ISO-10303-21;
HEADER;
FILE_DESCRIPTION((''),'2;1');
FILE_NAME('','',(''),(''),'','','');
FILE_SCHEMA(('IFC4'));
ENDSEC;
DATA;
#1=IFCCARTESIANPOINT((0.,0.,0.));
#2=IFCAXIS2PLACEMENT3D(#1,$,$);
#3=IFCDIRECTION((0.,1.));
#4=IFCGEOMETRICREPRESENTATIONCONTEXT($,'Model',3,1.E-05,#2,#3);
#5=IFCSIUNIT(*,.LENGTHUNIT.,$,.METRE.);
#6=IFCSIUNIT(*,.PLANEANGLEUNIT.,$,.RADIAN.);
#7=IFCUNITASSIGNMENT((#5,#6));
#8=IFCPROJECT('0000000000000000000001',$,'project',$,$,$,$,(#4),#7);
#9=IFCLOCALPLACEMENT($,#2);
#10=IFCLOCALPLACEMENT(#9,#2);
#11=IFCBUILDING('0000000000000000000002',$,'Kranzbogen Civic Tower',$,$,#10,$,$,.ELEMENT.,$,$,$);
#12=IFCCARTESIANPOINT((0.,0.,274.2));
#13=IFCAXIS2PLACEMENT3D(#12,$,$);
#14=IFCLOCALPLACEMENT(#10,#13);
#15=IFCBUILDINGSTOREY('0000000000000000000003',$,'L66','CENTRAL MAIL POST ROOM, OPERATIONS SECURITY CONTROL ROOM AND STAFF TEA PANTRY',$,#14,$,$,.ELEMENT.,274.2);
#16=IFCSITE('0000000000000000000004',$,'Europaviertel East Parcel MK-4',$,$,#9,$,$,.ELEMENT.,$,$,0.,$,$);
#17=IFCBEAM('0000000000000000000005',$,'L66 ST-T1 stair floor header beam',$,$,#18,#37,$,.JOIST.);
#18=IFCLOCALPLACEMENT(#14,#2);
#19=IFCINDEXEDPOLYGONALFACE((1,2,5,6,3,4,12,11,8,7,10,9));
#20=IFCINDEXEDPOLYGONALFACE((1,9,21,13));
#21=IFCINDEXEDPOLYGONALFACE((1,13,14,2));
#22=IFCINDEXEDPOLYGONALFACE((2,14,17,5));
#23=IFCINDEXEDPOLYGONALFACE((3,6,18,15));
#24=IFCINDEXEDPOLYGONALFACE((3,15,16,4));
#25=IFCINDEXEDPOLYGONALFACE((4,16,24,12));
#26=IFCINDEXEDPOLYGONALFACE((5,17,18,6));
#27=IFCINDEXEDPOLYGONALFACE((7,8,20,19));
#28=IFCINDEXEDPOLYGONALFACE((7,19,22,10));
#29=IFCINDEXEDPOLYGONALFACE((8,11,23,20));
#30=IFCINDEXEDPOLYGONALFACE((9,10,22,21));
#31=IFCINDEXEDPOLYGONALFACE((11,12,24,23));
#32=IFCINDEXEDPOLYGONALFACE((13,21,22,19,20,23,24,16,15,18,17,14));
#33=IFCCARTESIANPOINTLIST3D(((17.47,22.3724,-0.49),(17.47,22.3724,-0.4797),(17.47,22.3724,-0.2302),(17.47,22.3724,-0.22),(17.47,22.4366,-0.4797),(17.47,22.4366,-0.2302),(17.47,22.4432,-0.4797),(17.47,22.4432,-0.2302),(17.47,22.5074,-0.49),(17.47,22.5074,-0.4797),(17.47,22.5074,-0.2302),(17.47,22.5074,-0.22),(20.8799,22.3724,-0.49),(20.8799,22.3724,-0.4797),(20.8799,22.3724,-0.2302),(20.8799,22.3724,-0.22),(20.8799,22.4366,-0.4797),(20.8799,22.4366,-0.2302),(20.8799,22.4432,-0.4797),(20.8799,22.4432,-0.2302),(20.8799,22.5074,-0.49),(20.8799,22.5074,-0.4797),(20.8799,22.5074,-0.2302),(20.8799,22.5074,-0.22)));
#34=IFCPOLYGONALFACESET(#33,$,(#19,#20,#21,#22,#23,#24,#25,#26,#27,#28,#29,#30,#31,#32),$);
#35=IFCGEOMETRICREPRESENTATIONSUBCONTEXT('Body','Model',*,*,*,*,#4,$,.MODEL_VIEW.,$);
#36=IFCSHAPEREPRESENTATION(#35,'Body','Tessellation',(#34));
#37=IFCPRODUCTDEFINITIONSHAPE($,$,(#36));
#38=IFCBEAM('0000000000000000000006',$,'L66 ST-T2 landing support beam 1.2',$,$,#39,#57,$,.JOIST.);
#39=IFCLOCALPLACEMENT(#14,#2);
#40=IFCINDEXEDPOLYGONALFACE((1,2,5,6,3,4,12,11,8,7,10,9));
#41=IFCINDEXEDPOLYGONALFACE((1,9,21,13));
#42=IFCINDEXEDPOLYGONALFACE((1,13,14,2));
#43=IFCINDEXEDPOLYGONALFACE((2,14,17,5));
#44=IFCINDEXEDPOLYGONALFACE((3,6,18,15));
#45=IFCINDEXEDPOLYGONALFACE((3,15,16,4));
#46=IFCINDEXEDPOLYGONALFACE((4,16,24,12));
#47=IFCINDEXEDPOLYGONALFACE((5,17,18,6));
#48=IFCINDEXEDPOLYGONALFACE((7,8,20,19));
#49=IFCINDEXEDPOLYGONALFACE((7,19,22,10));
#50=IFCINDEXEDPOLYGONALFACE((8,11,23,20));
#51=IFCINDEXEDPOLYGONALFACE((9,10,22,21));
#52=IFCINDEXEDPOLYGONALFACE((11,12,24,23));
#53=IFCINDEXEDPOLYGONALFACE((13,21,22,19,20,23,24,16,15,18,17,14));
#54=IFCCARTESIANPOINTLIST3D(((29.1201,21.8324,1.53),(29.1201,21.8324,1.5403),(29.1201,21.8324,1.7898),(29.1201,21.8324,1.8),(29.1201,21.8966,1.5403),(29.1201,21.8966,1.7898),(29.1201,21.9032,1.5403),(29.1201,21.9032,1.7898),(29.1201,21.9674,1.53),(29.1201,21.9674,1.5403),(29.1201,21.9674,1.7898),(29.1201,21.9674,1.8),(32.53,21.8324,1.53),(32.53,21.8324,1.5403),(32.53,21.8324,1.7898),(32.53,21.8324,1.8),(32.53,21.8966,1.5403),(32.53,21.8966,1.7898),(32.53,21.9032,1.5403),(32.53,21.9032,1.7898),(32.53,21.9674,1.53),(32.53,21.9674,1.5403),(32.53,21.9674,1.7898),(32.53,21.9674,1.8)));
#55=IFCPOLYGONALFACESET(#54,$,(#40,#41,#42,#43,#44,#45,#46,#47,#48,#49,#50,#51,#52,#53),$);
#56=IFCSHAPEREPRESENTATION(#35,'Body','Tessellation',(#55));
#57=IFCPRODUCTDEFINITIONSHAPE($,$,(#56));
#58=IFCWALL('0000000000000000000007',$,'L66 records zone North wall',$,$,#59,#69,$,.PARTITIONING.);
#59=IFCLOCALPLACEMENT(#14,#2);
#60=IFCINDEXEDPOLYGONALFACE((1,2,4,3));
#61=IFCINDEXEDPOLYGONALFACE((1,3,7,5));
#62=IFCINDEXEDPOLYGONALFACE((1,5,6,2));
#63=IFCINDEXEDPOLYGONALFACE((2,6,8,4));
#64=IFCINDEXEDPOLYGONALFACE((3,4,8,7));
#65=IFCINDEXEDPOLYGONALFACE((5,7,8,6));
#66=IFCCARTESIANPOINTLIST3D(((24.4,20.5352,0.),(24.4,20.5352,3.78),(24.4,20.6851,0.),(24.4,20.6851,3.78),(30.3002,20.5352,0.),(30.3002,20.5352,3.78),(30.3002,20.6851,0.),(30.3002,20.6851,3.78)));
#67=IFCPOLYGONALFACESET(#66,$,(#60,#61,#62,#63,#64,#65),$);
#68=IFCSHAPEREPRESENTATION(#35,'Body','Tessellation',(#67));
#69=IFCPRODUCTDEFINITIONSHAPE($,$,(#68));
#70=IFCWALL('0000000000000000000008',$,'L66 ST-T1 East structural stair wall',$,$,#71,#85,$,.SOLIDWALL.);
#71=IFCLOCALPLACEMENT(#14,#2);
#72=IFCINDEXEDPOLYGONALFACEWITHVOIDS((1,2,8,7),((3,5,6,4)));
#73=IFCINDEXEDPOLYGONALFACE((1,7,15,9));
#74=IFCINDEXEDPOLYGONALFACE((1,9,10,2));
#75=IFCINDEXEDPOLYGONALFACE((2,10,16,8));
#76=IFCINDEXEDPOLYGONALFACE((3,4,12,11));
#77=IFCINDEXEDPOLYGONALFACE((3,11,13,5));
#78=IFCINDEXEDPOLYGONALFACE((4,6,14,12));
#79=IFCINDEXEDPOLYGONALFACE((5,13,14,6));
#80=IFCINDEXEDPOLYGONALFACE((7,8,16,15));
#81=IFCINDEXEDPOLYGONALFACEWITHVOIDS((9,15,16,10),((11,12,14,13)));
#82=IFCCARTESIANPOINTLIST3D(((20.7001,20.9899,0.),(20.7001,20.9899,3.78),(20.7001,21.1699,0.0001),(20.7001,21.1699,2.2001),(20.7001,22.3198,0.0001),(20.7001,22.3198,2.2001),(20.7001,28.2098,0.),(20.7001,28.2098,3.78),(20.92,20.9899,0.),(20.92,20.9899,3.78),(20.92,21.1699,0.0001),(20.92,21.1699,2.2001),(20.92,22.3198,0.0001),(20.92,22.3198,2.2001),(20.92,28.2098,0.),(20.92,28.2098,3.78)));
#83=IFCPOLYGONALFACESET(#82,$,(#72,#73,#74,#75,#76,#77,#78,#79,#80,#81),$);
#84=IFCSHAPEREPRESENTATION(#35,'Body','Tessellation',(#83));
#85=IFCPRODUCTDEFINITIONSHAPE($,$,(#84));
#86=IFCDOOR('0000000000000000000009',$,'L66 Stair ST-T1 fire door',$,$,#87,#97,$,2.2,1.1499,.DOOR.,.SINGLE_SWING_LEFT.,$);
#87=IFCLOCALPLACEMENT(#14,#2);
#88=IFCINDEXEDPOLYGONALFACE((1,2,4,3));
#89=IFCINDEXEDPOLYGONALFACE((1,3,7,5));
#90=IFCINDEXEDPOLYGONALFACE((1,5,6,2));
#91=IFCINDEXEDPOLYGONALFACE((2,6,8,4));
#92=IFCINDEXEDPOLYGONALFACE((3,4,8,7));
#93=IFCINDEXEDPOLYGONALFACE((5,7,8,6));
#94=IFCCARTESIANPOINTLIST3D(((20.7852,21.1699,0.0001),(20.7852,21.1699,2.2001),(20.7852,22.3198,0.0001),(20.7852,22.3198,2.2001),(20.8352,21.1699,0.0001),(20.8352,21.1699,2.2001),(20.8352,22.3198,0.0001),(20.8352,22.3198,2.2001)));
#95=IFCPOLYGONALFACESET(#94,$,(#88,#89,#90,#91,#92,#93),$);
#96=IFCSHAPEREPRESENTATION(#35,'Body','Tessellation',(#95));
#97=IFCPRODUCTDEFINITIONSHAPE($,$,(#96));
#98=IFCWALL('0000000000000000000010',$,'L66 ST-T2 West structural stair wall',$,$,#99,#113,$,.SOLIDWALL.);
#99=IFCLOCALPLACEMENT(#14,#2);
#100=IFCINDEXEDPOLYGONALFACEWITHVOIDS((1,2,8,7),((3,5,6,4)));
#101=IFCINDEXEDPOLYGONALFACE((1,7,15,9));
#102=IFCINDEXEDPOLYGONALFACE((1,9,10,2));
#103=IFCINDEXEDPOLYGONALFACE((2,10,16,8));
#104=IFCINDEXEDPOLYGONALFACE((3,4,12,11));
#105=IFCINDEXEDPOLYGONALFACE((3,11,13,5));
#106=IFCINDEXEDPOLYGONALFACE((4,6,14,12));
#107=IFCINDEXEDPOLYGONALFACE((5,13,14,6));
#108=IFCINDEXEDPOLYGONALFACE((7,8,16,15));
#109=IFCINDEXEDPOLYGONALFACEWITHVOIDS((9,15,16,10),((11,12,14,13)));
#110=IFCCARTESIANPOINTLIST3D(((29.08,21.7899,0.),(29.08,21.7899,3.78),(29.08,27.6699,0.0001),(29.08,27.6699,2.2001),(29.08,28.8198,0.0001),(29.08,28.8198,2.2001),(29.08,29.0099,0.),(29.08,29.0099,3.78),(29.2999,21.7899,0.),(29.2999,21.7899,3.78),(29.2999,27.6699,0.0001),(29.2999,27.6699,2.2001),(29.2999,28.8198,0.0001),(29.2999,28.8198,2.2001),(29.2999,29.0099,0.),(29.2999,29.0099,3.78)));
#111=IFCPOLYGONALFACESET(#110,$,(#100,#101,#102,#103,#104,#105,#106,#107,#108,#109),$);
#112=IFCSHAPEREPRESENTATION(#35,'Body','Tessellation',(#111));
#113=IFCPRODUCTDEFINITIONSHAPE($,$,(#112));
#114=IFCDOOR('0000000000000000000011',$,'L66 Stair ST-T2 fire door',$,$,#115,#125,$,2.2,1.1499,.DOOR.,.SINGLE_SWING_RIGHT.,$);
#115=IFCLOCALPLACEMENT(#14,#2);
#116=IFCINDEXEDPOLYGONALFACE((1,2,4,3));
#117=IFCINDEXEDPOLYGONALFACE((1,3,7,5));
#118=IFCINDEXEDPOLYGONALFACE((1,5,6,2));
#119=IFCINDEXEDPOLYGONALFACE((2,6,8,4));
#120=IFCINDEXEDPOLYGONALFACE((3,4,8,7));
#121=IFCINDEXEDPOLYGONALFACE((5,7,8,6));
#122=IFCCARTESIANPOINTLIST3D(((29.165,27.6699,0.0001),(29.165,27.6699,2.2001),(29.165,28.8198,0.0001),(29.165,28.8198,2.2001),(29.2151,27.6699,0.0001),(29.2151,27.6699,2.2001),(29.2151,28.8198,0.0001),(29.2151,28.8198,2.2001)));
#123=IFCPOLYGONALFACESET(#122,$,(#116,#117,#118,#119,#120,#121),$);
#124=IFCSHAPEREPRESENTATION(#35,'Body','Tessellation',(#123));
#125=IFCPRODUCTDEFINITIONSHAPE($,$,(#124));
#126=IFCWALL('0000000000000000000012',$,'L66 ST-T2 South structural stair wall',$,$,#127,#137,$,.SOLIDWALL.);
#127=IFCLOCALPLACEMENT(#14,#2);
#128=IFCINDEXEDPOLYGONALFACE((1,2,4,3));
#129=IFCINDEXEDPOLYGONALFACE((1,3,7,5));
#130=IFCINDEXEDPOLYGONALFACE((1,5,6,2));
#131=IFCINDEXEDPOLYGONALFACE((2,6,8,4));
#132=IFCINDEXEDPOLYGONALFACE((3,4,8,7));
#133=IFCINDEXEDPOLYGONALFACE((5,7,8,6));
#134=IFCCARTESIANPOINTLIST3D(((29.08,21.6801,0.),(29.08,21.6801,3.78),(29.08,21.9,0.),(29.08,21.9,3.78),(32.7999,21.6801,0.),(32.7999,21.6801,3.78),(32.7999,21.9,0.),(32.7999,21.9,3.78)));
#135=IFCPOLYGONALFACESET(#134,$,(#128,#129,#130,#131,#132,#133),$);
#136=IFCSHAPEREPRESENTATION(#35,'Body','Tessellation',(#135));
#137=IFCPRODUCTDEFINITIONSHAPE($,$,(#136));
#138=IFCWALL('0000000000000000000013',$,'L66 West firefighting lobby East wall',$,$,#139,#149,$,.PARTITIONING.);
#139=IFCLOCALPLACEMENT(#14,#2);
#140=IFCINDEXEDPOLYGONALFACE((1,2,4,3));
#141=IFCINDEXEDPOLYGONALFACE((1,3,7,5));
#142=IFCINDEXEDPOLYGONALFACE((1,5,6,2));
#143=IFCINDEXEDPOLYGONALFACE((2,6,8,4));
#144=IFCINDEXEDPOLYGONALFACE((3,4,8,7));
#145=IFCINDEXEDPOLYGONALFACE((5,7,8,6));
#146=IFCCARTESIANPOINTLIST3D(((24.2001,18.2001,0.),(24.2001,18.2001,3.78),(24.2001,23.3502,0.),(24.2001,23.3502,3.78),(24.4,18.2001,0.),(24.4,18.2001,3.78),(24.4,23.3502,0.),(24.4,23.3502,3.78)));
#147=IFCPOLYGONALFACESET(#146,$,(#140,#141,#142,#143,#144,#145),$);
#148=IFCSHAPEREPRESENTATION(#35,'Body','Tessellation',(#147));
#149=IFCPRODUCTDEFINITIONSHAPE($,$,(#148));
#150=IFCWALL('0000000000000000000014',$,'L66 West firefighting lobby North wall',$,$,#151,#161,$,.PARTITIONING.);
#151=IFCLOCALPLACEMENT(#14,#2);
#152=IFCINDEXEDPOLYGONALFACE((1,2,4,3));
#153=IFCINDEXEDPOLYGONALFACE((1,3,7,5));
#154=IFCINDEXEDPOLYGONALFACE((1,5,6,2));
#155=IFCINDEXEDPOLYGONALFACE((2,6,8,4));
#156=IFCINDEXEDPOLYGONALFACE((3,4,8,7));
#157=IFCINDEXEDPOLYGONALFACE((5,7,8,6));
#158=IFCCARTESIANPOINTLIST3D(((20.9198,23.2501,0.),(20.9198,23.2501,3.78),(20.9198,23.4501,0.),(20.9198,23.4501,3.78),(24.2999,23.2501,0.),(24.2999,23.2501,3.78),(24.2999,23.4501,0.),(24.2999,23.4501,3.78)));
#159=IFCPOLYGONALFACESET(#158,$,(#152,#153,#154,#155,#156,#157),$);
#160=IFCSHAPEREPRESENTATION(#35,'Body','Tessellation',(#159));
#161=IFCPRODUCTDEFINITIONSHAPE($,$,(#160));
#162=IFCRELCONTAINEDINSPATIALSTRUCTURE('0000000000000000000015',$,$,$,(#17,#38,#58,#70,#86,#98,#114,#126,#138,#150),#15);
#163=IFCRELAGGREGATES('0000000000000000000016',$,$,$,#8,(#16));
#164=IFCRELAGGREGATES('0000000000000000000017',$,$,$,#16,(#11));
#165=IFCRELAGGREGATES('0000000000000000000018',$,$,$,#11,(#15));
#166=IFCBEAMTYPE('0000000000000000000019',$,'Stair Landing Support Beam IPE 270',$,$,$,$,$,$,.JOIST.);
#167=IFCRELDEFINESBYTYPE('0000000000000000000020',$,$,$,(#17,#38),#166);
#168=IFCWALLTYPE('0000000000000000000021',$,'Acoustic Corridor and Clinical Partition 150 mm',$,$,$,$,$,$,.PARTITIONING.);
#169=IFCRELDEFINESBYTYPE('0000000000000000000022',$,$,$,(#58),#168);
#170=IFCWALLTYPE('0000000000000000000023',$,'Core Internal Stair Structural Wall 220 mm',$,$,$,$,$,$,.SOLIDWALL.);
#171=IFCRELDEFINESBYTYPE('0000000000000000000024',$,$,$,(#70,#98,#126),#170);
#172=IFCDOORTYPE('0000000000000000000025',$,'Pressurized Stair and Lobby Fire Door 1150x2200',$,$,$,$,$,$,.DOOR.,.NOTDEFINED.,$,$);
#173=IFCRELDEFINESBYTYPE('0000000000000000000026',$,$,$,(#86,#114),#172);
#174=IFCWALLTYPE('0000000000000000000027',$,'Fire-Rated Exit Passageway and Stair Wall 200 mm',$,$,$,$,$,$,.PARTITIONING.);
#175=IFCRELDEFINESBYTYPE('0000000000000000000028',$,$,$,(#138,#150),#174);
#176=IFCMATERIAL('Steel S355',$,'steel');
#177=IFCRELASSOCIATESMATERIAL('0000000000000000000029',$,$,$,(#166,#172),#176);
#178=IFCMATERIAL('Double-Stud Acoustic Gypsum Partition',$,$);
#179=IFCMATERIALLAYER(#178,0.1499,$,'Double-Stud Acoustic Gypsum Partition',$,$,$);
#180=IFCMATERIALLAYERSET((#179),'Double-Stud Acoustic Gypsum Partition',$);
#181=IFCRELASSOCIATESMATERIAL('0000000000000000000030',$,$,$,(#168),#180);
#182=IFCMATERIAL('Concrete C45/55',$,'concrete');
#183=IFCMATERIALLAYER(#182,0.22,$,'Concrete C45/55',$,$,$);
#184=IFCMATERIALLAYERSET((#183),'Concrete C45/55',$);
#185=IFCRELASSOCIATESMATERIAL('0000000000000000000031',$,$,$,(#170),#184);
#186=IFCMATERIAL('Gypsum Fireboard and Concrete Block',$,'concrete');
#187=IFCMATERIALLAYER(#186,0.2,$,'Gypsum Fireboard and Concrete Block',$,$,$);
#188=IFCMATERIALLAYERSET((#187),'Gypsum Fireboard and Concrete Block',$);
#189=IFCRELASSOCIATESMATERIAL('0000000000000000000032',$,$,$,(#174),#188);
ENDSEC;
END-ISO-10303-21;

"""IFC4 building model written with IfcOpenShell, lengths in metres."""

from ifc_helpers import new_model, si_unit, direction, frame, frame_2d, origin, origin_2d, place, context, subcontext, project, spatial, rectangle, i_section, extrude, material, layer, layer_set, material_profile, profile_set, type_object, element, fill, save


model = new_model("IFC4")

# Units and contexts
model_context = context("Model", 3, precision=1e-05, world=origin(), true_north=direction((0.0, 1.0)))
body_context = subcontext(model_context, "Body", "Model", "MODEL_VIEW")
ifc_project = project(units=[si_unit("LENGTHUNIT", "METRE"), si_unit("PLANEANGLEUNIT", "RADIAN")], contexts=[model_context])

# Site, building, storey
site_placement = place(None, origin())
site = spatial("IfcSite", under=ifc_project, at=site_placement, Name="Europaviertel East Parcel MK-4", CompositionType="ELEMENT", RefElevation=0.0)
building_placement = place(site_placement, origin())
building = spatial("IfcBuilding", under=site, at=building_placement, Name="Kranzbogen Civic Tower", CompositionType="ELEMENT")
storey_placement = place(building_placement, frame((0.0, 0.0, 274.2)))
storey = spatial("IfcBuildingStorey", under=building, at=storey_placement, Name="L66", Description="CENTRAL MAIL POST ROOM, OPERATIONS SECURITY CONTROL ROOM AND STAFF TEA PANTRY", CompositionType="ELEMENT", Elevation=274.2)

# Beams
ifc_material_1 = material(Name="Steel S355", Category="steel")
ifc_material_profile = material_profile(ifc_material_1, i_section(OverallWidth=0.135, OverallDepth=0.27, WebThickness=0.0066, FlangeThickness=0.0103, at=origin_2d()), Name="IPE 270")
ifc_profile_set = profile_set([ifc_material_profile], Name="Steel S355")
beam_type = type_object("IfcBeamType", Name="Stair Landing Support Beam IPE 270", PredefinedType="JOIST", material=ifc_profile_set)
for number, where, z_axis, x_axis, name in (
    (1, (20.8799, 22.4399, -0.355), (-1.0, 0.0, 0.0), (0.0, -1.0, 0.0), "L66 ST-T1 stair floor header beam"),
    (2, (29.1201, 21.8999, 1.665), (1.0, 0.0, 0.0), (0.0, 1.0, 0.0), "L66 ST-T2 landing support beam 1.2"),
):
    element("IfcBeam", number, at=place(storey_placement, frame(where, z_axis=z_axis, x_axis=x_axis)), inside=storey, type_object=beam_type, Name=name, PredefinedType="JOIST", context=body_context, shape_type="SweptSolid", body=[
        extrude(i_section(OverallWidth=0.135, OverallDepth=0.27, WebThickness=0.0066, FlangeThickness=0.0103, at=origin_2d()), origin(), (0.0, 0.0, 1.0), 3.4099),
    ])

# Wall
ifc_material_2 = material(Name="Double-Stud Acoustic Gypsum Partition")
ifc_layer_1 = layer(ifc_material_2, 0.1499, Name="Double-Stud Acoustic Gypsum Partition")
ifc_layer_set_1 = layer_set([ifc_layer_1], Name="Double-Stud Acoustic Gypsum Partition")
wall_type_1 = type_object("IfcWallType", Name="Acoustic Corridor and Clinical Partition 150 mm", PredefinedType="PARTITIONING", material=ifc_layer_set_1)
wall_1_placement = place(storey_placement, frame((24.3999, 20.6101, 0.0), z_axis=(0.0, 0.0, 1.0), x_axis=(1.0, 0.0, 0.0)))
element("IfcWall", 3, at=wall_1_placement, inside=storey, type_object=wall_type_1, Name="L66 records zone North wall", PredefinedType="PARTITIONING", context=body_context, shape_type="SweptSolid", body=[
    extrude(rectangle(XDim=5.9001, YDim=0.1499, at=frame_2d((2.9502, 0.0))), origin(), (0.0, 0.0, 1.0), 3.78),
])

# Walls, openings, doors
ifc_material_3 = material(Name="Concrete C45/55", Category="concrete")
ifc_layer_2 = layer(ifc_material_3, 0.22, Name="Concrete C45/55")
ifc_layer_set_2 = layer_set([ifc_layer_2], Name="Concrete C45/55")
wall_type_2 = type_object("IfcWallType", Name="Core Internal Stair Structural Wall 220 mm", PredefinedType="SOLIDWALL", material=ifc_layer_set_2)
wall_2_placement = place(storey_placement, frame((20.8101, 20.99, 0.0), z_axis=(0.0, 0.0, 1.0), x_axis=(0.0, 1.0, 0.0)))
wall_2 = element("IfcWall", 4, at=wall_2_placement, inside=storey, type_object=wall_type_2, Name="L66 ST-T1 East structural stair wall", PredefinedType="SOLIDWALL", context=body_context, shape_type="SweptSolid", body=[
    extrude(rectangle(XDim=7.22, YDim=0.22, at=frame_2d((3.6099, 0.0))), origin(), (0.0, 0.0, 1.0), 3.78),
])
opening_1_placement = place(wall_2_placement, frame((0.1799, 0.0, 0.0)))
opening_1 = element("IfcOpeningElement", 5, at=opening_1_placement, cuts=wall_2, PredefinedType="OPENING", context=body_context, shape_type="SweptSolid", body=[
    extrude(rectangle(XDim=1.1499, YDim=2.2, at=frame_2d((0.575, 1.1001))), frame((0.0, 0.1201, 0.0), z_axis=(0.0, -1.0, 0.0), x_axis=(1.0, 0.0, 0.0)), (0.0, 0.0, 1.0), 0.24),
])
door_type_1 = type_object("IfcDoorType", Name="Pressurized Stair and Lobby Fire Door 1150x2200", OperationType="NOTDEFINED", PredefinedType="DOOR", material=ifc_material_1)
door_1_placement = place(opening_1_placement, origin())
door_1 = element("IfcDoor", 6, at=door_1_placement, inside=storey, type_object=door_type_1, Name="L66 Stair ST-T1 fire door", OperationType="SINGLE_SWING_LEFT", OverallHeight=2.2, OverallWidth=1.1499, PredefinedType="DOOR", context=body_context, shape_type="SweptSolid", body=[
    extrude(rectangle(XDim=1.1499, YDim=2.2, at=frame_2d((0.575, 1.1001))), frame((0.0, 0.0249, 0.0), z_axis=(0.0, -1.0, 0.0), x_axis=(1.0, 0.0, 0.0)), (0.0, 0.0, 1.0), 0.05),
])
fill(opening_1, door_1)
wall_3_placement = place(storey_placement, frame((29.1899, 21.79, 0.0), z_axis=(0.0, 0.0, 1.0), x_axis=(0.0, 1.0, 0.0)))
wall_3 = element("IfcWall", 7, at=wall_3_placement, inside=storey, type_object=wall_type_2, Name="L66 ST-T2 West structural stair wall", PredefinedType="SOLIDWALL", context=body_context, shape_type="SweptSolid", body=[
    extrude(rectangle(XDim=7.22, YDim=0.22, at=frame_2d((3.6099, 0.0))), origin(), (0.0, 0.0, 1.0), 3.78),
])
opening_2_placement = place(wall_3_placement, frame((5.8799, 0.0, 0.0)))
opening_2 = element("IfcOpeningElement", 8, at=opening_2_placement, cuts=wall_3, PredefinedType="OPENING", context=body_context, shape_type="SweptSolid", body=[
    extrude(rectangle(XDim=1.1499, YDim=2.2, at=frame_2d((0.575, 1.1001))), frame((0.0, 0.1201, 0.0), z_axis=(0.0, -1.0, 0.0), x_axis=(1.0, 0.0, 0.0)), (0.0, 0.0, 1.0), 0.24),
])
door_2_placement = place(opening_2_placement, origin())
door_2 = element("IfcDoor", 9, at=door_2_placement, inside=storey, type_object=door_type_1, Name="L66 Stair ST-T2 fire door", OperationType="SINGLE_SWING_RIGHT", OverallHeight=2.2, OverallWidth=1.1499, PredefinedType="DOOR", context=body_context, shape_type="SweptSolid", body=[
    extrude(rectangle(XDim=1.1499, YDim=2.2, at=frame_2d((0.575, 1.1001))), frame((0.0, 0.0249, 0.0), z_axis=(0.0, -1.0, 0.0), x_axis=(1.0, 0.0, 0.0)), (0.0, 0.0, 1.0), 0.05),
])
fill(opening_2, door_2)

# Walls
wall_4_placement = place(storey_placement, frame((29.0801, 21.79, 0.0), z_axis=(0.0, 0.0, 1.0), x_axis=(1.0, 0.0, 0.0)))
element("IfcWall", 10, at=wall_4_placement, inside=storey, type_object=wall_type_2, Name="L66 ST-T2 South structural stair wall", PredefinedType="SOLIDWALL", context=body_context, shape_type="SweptSolid", body=[
    extrude(rectangle(XDim=3.72, YDim=0.22, at=frame_2d((1.8599, 0.0))), origin(), (0.0, 0.0, 1.0), 3.78),
])
ifc_material_4 = material(Name="Gypsum Fireboard and Concrete Block", Category="concrete")
ifc_layer_3 = layer(ifc_material_4, 0.2, Name="Gypsum Fireboard and Concrete Block")
ifc_layer_set_3 = layer_set([ifc_layer_3], Name="Gypsum Fireboard and Concrete Block")
wall_type_3 = type_object("IfcWallType", Name="Fire-Rated Exit Passageway and Stair Wall 200 mm", PredefinedType="PARTITIONING", material=ifc_layer_set_3)
wall_5_placement = place(storey_placement, frame((24.3, 18.2, 0.0), z_axis=(0.0, 0.0, 1.0), x_axis=(0.0, 1.0, 0.0)))
element("IfcWall", 11, at=wall_5_placement, inside=storey, type_object=wall_type_3, Name="L66 West firefighting lobby East wall", PredefinedType="PARTITIONING", context=body_context, shape_type="SweptSolid", body=[
    extrude(rectangle(XDim=5.1501, YDim=0.2, at=frame_2d((2.5752, 0.0))), origin(), (0.0, 0.0, 1.0), 3.78),
])
wall_6_placement = place(storey_placement, frame((20.9199, 23.3501, 0.0), z_axis=(0.0, 0.0, 1.0), x_axis=(1.0, 0.0, 0.0)))
element("IfcWall", 12, at=wall_6_placement, inside=storey, type_object=wall_type_3, Name="L66 West firefighting lobby North wall", PredefinedType="PARTITIONING", context=body_context, shape_type="SweptSolid", body=[
    extrude(rectangle(XDim=3.3801, YDim=0.2, at=frame_2d((1.6899, 0.0))), origin(), (0.0, 0.0, 1.0), 3.78),
])

save(model, "model.ifc")
